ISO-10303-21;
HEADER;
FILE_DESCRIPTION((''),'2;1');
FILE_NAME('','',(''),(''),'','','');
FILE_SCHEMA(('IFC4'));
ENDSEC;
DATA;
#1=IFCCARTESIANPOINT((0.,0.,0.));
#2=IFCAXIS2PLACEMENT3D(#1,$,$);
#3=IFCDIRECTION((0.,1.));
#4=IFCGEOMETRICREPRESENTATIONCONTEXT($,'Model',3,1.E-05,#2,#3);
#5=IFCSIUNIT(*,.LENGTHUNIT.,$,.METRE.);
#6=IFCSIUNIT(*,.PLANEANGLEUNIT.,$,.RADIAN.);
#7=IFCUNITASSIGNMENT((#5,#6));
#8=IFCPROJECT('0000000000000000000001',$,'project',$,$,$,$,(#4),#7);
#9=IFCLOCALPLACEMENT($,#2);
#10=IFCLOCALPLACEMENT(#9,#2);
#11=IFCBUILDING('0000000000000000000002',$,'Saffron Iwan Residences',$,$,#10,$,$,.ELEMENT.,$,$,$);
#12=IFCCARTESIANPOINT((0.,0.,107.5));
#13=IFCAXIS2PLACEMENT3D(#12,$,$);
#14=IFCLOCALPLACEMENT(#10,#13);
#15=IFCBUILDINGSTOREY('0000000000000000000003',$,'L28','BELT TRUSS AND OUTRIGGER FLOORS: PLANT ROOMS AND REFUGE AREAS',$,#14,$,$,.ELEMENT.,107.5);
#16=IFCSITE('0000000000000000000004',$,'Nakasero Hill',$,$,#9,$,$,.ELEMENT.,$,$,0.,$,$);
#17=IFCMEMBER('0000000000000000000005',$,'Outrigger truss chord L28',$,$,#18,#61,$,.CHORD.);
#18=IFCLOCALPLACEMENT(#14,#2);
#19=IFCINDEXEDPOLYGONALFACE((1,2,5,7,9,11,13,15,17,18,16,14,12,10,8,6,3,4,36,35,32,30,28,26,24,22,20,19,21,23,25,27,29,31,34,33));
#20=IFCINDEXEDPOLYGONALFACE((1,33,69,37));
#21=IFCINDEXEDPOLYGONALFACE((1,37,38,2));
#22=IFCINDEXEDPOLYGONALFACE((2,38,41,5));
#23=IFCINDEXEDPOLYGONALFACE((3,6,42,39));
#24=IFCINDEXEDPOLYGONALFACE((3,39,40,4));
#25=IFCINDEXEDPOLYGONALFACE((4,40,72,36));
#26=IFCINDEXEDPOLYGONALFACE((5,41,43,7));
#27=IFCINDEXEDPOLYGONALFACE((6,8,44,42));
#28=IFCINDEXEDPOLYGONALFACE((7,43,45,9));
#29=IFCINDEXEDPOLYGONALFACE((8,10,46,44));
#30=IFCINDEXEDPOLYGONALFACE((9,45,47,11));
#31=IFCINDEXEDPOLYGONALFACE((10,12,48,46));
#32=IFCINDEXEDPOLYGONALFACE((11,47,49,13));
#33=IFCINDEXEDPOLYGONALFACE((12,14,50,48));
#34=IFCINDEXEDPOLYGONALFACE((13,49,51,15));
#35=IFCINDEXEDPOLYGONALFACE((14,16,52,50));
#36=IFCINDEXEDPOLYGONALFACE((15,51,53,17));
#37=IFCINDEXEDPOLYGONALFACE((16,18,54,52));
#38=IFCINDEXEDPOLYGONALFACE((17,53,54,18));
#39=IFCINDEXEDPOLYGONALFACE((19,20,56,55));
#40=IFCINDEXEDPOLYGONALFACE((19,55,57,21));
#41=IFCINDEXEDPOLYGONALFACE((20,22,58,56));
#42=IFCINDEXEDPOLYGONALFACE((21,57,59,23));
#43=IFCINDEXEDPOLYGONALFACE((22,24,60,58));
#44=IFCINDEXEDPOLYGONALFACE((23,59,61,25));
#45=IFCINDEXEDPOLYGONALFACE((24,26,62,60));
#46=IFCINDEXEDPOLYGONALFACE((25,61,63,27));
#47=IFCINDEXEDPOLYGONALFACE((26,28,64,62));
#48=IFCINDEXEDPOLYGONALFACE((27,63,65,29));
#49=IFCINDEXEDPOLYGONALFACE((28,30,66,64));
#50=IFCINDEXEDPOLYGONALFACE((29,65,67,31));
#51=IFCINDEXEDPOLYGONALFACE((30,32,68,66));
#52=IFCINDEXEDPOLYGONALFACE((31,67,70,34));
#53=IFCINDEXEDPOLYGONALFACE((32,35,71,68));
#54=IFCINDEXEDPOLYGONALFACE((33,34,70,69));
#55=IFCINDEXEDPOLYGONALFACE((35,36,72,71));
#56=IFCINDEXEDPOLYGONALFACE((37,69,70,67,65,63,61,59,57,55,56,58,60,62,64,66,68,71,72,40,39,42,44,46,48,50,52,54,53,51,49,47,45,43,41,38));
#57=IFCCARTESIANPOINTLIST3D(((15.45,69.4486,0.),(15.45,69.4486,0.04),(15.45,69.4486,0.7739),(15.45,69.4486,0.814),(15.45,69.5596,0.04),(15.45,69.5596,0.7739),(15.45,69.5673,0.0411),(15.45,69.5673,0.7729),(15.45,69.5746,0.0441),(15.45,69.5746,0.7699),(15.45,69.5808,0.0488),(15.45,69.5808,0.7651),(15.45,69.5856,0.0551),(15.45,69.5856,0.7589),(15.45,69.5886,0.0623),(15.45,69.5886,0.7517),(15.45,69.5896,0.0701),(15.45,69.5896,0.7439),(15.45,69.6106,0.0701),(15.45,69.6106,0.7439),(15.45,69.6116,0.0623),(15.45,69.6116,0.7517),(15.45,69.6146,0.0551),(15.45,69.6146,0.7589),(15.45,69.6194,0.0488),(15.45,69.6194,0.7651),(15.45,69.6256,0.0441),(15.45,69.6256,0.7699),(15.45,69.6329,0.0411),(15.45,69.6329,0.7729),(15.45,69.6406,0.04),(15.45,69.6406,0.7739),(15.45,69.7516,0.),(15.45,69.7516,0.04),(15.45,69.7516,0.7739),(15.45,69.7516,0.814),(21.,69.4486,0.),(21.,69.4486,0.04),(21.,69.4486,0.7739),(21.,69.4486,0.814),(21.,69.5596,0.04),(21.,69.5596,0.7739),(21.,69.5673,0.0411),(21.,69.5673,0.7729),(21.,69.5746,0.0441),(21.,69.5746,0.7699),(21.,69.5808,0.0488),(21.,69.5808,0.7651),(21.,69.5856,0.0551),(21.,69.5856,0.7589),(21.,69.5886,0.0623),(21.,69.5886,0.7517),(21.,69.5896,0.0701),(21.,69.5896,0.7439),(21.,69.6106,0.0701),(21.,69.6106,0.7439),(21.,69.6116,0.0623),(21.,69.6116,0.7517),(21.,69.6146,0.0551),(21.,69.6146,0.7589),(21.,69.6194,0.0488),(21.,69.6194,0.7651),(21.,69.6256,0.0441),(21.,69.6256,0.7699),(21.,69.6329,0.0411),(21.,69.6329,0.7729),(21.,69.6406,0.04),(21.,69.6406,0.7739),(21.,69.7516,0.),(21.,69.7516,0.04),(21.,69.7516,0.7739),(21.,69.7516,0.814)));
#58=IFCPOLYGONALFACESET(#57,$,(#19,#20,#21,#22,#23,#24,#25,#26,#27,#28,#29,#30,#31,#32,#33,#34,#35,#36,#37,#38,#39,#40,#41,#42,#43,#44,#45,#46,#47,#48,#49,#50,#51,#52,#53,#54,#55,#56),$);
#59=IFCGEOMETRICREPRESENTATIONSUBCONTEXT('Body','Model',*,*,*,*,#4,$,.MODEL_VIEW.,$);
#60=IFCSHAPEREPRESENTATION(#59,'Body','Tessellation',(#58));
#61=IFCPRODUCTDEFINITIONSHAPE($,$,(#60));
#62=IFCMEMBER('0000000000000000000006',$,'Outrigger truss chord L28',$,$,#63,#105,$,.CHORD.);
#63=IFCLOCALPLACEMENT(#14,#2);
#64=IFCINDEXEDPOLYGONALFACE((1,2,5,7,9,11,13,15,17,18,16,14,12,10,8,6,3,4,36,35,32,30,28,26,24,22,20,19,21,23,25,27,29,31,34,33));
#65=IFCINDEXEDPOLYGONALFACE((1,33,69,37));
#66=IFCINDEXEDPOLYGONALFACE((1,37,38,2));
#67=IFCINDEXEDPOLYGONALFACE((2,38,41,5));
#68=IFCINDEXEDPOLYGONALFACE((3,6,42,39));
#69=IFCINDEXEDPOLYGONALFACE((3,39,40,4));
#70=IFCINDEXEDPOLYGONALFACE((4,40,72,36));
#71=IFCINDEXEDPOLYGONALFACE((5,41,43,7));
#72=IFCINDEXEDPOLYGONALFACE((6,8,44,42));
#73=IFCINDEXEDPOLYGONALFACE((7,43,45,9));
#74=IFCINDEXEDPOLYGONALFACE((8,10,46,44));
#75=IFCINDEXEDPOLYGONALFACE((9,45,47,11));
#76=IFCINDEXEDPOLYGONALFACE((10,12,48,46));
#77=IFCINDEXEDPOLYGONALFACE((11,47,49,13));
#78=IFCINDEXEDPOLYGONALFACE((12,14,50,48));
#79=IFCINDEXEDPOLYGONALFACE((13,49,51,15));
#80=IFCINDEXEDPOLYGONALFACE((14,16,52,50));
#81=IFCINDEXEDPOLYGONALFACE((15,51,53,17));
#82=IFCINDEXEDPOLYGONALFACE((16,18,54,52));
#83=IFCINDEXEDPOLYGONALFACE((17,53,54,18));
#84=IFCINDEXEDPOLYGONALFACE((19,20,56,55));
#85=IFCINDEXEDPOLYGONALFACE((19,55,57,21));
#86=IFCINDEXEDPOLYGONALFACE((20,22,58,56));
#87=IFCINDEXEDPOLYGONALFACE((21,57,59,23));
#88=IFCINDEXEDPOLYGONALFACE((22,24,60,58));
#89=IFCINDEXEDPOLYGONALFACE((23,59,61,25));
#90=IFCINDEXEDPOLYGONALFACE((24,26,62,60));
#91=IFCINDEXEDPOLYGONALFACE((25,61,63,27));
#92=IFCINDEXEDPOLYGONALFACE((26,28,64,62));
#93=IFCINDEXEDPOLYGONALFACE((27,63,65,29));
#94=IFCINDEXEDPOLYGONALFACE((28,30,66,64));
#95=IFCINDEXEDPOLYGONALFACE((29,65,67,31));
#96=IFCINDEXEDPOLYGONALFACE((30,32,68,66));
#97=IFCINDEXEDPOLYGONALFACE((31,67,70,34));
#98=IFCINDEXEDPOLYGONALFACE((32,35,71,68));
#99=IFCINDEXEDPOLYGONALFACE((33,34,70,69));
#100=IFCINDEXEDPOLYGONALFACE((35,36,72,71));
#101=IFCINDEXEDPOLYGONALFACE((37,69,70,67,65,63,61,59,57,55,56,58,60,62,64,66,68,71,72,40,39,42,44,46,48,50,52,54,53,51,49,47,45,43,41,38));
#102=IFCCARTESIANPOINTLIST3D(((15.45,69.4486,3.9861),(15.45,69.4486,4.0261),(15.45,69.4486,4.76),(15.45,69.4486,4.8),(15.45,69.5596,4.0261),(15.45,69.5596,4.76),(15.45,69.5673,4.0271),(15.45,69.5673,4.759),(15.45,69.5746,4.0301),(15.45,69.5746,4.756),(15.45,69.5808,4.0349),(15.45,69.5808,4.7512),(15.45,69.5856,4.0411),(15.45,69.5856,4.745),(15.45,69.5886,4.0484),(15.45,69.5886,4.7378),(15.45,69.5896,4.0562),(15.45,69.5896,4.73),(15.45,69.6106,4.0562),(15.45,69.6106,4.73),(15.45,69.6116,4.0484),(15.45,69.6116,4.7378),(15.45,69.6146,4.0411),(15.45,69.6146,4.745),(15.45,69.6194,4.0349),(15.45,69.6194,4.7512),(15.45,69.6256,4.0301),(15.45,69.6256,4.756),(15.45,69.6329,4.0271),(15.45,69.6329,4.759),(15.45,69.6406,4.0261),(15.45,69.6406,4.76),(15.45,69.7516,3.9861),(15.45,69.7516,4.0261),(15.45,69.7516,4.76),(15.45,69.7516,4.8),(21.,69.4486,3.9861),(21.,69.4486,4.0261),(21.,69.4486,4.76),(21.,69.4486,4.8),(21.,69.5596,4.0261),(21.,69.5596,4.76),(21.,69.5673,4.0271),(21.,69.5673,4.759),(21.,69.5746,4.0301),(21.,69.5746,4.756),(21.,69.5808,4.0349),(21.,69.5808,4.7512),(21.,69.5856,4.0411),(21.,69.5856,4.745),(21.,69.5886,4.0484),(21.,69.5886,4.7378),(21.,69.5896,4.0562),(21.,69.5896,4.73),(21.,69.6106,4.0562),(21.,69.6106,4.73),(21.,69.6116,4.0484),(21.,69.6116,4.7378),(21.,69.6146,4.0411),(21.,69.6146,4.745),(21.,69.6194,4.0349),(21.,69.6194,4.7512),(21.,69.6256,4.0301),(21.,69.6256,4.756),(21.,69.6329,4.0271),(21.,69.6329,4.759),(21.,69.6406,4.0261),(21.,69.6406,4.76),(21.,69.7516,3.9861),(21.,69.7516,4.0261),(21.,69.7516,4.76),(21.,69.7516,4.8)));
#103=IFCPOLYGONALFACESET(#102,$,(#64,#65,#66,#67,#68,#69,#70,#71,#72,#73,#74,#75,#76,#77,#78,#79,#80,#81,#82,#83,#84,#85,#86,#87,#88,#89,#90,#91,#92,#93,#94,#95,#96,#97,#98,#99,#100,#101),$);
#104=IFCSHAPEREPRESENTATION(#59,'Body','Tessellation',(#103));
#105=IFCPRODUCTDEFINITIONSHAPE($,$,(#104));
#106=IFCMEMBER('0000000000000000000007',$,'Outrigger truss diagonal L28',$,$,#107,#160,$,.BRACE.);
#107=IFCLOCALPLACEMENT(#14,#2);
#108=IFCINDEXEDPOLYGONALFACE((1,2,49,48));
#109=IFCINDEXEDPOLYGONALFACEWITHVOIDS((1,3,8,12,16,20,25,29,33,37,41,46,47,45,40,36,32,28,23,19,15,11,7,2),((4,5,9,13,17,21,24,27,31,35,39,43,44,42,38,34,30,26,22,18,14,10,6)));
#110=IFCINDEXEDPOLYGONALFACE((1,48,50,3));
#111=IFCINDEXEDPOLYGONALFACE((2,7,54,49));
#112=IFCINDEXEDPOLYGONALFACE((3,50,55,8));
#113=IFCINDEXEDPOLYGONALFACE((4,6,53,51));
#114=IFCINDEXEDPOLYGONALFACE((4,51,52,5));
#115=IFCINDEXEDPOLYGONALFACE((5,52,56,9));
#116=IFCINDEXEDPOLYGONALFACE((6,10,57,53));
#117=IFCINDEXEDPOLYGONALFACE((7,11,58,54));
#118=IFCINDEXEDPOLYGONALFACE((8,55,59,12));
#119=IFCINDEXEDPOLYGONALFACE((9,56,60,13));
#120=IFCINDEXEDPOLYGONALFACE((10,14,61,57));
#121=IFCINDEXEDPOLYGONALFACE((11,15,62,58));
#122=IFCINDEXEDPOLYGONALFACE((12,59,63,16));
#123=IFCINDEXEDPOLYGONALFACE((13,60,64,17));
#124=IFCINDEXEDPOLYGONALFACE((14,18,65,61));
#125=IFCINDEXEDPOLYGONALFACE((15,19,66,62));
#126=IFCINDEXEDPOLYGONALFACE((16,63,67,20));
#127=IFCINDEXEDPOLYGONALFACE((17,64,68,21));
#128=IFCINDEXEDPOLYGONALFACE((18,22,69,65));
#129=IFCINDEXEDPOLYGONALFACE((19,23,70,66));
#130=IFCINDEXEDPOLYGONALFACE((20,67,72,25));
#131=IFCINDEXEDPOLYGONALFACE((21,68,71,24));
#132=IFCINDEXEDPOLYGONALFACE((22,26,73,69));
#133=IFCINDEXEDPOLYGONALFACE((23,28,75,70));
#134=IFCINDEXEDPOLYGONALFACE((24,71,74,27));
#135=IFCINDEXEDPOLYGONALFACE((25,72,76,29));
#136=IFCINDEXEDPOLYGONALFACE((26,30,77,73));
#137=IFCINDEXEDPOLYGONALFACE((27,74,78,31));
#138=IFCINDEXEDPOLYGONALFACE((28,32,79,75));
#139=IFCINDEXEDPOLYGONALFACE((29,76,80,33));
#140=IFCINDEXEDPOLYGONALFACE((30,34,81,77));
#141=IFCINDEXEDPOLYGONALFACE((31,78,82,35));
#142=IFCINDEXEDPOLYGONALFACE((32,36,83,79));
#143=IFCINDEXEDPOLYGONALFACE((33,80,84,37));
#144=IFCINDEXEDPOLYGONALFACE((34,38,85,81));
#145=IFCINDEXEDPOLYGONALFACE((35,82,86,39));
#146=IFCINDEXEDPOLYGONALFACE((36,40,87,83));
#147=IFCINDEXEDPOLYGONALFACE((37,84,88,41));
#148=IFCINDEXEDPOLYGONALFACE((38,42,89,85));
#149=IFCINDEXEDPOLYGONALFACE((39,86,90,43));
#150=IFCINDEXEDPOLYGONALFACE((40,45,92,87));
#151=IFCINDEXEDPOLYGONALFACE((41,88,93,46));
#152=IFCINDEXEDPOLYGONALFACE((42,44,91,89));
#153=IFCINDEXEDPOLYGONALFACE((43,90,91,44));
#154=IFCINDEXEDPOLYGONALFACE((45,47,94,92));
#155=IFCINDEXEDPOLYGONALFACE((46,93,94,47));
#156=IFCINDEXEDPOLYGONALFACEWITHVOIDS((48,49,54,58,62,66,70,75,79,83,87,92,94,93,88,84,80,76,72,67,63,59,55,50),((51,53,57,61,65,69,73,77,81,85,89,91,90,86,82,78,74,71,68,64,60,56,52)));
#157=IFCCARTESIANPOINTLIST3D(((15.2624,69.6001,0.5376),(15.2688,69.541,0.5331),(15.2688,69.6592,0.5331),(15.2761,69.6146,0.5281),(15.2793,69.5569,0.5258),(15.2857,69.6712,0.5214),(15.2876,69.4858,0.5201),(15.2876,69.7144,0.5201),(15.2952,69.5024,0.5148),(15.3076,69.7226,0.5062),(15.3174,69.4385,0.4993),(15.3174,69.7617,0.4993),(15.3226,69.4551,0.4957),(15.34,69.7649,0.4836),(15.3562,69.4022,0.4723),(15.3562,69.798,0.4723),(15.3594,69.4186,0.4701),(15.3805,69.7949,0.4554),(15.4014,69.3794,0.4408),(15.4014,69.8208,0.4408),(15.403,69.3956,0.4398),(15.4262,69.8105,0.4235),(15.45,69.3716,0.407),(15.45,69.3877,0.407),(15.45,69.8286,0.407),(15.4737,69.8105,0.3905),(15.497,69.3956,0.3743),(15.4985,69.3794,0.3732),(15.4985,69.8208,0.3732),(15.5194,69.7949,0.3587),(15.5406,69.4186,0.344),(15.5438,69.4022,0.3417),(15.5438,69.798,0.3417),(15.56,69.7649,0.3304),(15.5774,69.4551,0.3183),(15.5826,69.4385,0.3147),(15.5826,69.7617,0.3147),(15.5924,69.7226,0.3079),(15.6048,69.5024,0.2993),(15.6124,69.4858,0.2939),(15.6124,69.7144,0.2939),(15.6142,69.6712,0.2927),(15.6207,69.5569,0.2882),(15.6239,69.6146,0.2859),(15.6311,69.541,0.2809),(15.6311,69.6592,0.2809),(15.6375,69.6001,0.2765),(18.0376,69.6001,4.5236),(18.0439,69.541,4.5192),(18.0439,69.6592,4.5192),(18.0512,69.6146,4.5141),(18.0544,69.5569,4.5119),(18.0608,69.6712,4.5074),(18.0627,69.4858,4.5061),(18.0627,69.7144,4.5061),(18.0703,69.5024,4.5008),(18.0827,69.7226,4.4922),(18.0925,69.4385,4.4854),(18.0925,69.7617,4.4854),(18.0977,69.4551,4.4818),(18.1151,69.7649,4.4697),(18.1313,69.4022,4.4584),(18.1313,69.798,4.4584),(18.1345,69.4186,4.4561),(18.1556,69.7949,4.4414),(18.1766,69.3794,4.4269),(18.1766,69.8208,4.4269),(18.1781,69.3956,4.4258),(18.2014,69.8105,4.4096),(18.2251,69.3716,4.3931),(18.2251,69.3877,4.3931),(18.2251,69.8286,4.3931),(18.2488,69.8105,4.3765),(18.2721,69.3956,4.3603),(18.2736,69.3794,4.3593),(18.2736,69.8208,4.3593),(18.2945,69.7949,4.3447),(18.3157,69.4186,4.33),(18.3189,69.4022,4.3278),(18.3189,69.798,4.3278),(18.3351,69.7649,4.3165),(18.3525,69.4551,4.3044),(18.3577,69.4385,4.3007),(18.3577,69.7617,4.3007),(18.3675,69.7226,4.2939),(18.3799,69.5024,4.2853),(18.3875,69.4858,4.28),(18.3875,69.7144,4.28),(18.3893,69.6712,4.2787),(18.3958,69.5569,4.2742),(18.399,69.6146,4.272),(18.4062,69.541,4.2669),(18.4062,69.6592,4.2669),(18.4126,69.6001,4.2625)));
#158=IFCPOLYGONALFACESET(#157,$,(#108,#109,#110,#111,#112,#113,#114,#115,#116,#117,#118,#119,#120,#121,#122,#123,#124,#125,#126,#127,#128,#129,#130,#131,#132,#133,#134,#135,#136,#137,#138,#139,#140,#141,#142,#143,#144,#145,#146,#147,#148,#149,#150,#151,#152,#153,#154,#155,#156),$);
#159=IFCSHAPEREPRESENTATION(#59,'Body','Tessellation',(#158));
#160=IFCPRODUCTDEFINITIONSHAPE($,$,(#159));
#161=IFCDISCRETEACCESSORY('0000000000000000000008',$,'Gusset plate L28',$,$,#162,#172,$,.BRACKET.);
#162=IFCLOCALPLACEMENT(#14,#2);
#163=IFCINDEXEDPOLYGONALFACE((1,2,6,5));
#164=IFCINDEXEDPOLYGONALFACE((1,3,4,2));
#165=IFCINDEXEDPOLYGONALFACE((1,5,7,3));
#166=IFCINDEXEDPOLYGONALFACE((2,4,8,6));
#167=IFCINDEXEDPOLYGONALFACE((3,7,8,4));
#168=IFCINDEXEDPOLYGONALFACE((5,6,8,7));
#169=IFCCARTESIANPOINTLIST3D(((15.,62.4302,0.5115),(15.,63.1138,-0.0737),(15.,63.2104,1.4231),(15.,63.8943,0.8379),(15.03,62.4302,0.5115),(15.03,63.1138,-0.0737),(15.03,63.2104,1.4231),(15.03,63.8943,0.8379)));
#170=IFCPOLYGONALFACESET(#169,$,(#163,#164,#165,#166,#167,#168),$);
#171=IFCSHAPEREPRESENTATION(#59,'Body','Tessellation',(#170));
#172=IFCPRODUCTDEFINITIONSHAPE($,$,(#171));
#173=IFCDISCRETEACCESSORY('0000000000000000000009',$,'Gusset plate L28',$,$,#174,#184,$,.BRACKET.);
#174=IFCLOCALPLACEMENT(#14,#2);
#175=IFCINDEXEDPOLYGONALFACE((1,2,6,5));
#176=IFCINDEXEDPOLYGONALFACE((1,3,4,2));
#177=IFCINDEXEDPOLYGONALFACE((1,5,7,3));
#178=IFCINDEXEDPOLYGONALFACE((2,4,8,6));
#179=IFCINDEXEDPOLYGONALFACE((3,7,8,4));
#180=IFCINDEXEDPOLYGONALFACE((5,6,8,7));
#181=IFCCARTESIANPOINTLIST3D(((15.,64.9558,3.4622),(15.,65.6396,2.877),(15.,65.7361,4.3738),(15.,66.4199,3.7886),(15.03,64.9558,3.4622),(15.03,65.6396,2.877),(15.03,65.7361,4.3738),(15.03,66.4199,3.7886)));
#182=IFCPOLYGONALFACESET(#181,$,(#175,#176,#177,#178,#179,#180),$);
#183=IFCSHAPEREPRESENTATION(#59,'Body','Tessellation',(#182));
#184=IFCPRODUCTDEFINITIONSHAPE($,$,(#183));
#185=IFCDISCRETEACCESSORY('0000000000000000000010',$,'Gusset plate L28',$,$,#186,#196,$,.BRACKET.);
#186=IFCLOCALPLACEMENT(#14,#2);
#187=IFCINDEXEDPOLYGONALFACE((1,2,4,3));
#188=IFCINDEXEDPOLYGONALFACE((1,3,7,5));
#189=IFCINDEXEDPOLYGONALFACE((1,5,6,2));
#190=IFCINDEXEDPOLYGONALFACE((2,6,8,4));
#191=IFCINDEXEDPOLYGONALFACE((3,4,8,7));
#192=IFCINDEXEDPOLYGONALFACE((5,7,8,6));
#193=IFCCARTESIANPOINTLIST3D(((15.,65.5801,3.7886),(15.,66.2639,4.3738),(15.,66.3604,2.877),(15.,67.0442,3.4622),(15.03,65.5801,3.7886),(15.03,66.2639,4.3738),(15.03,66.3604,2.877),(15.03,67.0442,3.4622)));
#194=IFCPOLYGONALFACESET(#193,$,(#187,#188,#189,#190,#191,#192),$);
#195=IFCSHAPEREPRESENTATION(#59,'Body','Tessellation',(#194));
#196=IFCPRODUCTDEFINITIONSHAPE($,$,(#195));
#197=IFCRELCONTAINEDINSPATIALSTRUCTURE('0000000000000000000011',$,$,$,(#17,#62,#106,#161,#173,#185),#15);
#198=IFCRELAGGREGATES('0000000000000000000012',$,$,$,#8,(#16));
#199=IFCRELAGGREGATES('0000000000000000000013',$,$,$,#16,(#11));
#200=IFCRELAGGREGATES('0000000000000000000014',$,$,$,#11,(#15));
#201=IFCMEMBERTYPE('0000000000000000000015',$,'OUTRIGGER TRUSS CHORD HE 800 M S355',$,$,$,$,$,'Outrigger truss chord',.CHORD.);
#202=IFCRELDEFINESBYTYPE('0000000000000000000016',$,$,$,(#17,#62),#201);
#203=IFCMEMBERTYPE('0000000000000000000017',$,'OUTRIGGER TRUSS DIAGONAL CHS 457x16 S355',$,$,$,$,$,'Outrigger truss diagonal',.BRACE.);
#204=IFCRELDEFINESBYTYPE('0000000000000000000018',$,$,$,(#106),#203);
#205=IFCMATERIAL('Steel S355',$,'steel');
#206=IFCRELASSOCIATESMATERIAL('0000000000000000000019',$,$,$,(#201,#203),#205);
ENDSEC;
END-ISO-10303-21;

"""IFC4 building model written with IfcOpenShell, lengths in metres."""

from ifc_helpers import new_model, si_unit, direction, frame, origin, origin_2d, place, context, subcontext, project, spatial, polyline, hollow_circle, i_section, outline, extrude, source, transform, mapped, material, material_profile, profile_set, type_object, element, save


model = new_model("IFC4")

# Units and contexts
model_context = context("Model", 3, precision=1e-05, world=origin(), true_north=direction((0.0, 1.0)))
body_context = subcontext(model_context, "Body", "Model", "MODEL_VIEW")
ifc_project = project(units=[si_unit("LENGTHUNIT", "METRE"), si_unit("PLANEANGLEUNIT", "RADIAN")], contexts=[model_context])

# Site, building, storey
site_placement = place(None, origin())
site = spatial("IfcSite", under=ifc_project, at=site_placement, Name="Nakasero Hill", CompositionType="ELEMENT", RefElevation=0.0)
building_placement = place(site_placement, origin())
building = spatial("IfcBuilding", under=site, at=building_placement, Name="Saffron Iwan Residences", CompositionType="ELEMENT")
storey_placement = place(building_placement, frame((0.0, 0.0, 107.5)))
storey = spatial("IfcBuildingStorey", under=building, at=storey_placement, Name="L28", Description="BELT TRUSS AND OUTRIGGER FLOORS: PLANT ROOMS AND REFUGE AREAS", CompositionType="ELEMENT", Elevation=107.5)

# Members
ifc_material_1 = material(Name="Steel S355", Category="steel")
ifc_material_profile_1 = material_profile(ifc_material_1, i_section(OverallWidth=0.303, OverallDepth=0.814, WebThickness=0.021, FlangeThickness=0.04, FilletRadius=0.03, at=origin_2d()), Name="HE 800 M")
ifc_profile_set_1 = profile_set([ifc_material_profile_1], Name="Steel S355")
member_type_1 = type_object("IfcMemberType", Name="OUTRIGGER TRUSS CHORD HE 800 M S355", ElementType="Outrigger truss chord", PredefinedType="CHORD", material=ifc_profile_set_1)
shared_shape_1 = source(origin(), body_context, "Body", "SweptSolid", [
    extrude(i_section(OverallWidth=0.303, OverallDepth=0.814, WebThickness=0.021, FlangeThickness=0.04, FilletRadius=0.03, at=origin_2d()), origin(), (0.0, 0.0, 1.0), 5.55),
])
for number, where, z_axis, x_axis, name in (
    (1, (21.0, 69.6001, 0.407), (-1.0, 0.0, 0.0), (0.0, -1.0, 0.0), "Outrigger truss chord L28"),
    (2, (21.0, 69.6001, 4.3931), (-1.0, 0.0, 0.0), (0.0, -1.0, 0.0), "Outrigger truss chord L28"),
):
    element("IfcMember", number, at=place(storey_placement, frame(where, z_axis=z_axis, x_axis=x_axis)), inside=storey, type_object=member_type_1, Name=name, PredefinedType="CHORD", context=body_context, shape_type="MappedRepresentation", body=[
        mapped(shared_shape_1, transform((0.0, 0.0, 0.0))),
    ])
ifc_material_profile_2 = material_profile(ifc_material_1, hollow_circle(Radius=0.2285, WallThickness=0.0161, at=origin_2d()), Name="CHS 457x16")
ifc_profile_set_2 = profile_set([ifc_material_profile_2], Name="Steel S355")
member_type_2 = type_object("IfcMemberType", Name="OUTRIGGER TRUSS DIAGONAL CHS 457x16 S355", ElementType="Outrigger truss diagonal", PredefinedType="BRACE", material=ifc_profile_set_2)
shared_shape_2 = source(origin(), body_context, "Body", "SweptSolid", [
    extrude(hollow_circle(Radius=0.2285, WallThickness=0.0161, at=origin_2d()), origin(), (0.0, 0.0, 1.0), 4.8569),
])
member_1_placement = place(storey_placement, frame((18.2251, 69.6001, 4.3931), z_axis=(-0.571372, 0.0, -0.820691), x_axis=(0.0, -1.0, 0.0)))
element("IfcMember", 3, at=member_1_placement, inside=storey, type_object=member_type_2, Name="Outrigger truss diagonal L28", PredefinedType="BRACE", context=body_context, shape_type="MappedRepresentation", body=[
    mapped(shared_shape_2, transform((0.0, 0.0, 0.0))),
])

# Discrete accessories
discrete_accessory_1_placement = place(storey_placement, frame((15.0, 62.4302, 0.5115), z_axis=(-1.0, 0.0, 0.0), x_axis=(0.0, 0.650255, 0.759716)))
element("IfcDiscreteAccessory", 4, at=discrete_accessory_1_placement, inside=storey, Name="Gusset plate L28", PredefinedType="BRACKET", context=body_context, shape_type="SweptSolid", body=[
    extrude(outline(polyline([(0.0, 0.0), (1.1999, 0.0), (1.2, 0.9001), (-0.0001, 0.8999), (0.0, 0.0)])), origin(), (0.0, 0.0, -1.0), 0.03),
])
discrete_accessory_2_placement = place(storey_placement, frame((15.0, 66.4199, 3.7886), z_axis=(-1.0, 0.0, 0.0), x_axis=(0.0, -0.650255, -0.759716)))
element("IfcDiscreteAccessory", 5, at=discrete_accessory_2_placement, inside=storey, Name="Gusset plate L28", PredefinedType="BRACKET", context=body_context, shape_type="SweptSolid", body=[
    extrude(outline(polyline([(0.0, 0.0), (1.1999, 0.0), (1.2, 0.9001), (0.0001, 0.9001), (0.0, 0.0)])), origin(), (0.0, 0.0, -1.0), 0.03),
])
discrete_accessory_3_placement = place(storey_placement, frame((15.0, 66.2639, 4.3738), z_axis=(-1.0, 0.0, 0.0), x_axis=(0.0, 0.650255, -0.759716)))
element("IfcDiscreteAccessory", 6, at=discrete_accessory_3_placement, inside=storey, Name="Gusset plate L28", PredefinedType="BRACKET", context=body_context, shape_type="SweptSolid", body=[
    extrude(outline(polyline([(0.0, 0.0), (1.1999, 0.0), (1.1999, 0.9001), (-0.0001, 0.9001), (0.0, 0.0)])), origin(), (0.0, 0.0, -1.0), 0.03),
])

save(model, "model.ifc")
